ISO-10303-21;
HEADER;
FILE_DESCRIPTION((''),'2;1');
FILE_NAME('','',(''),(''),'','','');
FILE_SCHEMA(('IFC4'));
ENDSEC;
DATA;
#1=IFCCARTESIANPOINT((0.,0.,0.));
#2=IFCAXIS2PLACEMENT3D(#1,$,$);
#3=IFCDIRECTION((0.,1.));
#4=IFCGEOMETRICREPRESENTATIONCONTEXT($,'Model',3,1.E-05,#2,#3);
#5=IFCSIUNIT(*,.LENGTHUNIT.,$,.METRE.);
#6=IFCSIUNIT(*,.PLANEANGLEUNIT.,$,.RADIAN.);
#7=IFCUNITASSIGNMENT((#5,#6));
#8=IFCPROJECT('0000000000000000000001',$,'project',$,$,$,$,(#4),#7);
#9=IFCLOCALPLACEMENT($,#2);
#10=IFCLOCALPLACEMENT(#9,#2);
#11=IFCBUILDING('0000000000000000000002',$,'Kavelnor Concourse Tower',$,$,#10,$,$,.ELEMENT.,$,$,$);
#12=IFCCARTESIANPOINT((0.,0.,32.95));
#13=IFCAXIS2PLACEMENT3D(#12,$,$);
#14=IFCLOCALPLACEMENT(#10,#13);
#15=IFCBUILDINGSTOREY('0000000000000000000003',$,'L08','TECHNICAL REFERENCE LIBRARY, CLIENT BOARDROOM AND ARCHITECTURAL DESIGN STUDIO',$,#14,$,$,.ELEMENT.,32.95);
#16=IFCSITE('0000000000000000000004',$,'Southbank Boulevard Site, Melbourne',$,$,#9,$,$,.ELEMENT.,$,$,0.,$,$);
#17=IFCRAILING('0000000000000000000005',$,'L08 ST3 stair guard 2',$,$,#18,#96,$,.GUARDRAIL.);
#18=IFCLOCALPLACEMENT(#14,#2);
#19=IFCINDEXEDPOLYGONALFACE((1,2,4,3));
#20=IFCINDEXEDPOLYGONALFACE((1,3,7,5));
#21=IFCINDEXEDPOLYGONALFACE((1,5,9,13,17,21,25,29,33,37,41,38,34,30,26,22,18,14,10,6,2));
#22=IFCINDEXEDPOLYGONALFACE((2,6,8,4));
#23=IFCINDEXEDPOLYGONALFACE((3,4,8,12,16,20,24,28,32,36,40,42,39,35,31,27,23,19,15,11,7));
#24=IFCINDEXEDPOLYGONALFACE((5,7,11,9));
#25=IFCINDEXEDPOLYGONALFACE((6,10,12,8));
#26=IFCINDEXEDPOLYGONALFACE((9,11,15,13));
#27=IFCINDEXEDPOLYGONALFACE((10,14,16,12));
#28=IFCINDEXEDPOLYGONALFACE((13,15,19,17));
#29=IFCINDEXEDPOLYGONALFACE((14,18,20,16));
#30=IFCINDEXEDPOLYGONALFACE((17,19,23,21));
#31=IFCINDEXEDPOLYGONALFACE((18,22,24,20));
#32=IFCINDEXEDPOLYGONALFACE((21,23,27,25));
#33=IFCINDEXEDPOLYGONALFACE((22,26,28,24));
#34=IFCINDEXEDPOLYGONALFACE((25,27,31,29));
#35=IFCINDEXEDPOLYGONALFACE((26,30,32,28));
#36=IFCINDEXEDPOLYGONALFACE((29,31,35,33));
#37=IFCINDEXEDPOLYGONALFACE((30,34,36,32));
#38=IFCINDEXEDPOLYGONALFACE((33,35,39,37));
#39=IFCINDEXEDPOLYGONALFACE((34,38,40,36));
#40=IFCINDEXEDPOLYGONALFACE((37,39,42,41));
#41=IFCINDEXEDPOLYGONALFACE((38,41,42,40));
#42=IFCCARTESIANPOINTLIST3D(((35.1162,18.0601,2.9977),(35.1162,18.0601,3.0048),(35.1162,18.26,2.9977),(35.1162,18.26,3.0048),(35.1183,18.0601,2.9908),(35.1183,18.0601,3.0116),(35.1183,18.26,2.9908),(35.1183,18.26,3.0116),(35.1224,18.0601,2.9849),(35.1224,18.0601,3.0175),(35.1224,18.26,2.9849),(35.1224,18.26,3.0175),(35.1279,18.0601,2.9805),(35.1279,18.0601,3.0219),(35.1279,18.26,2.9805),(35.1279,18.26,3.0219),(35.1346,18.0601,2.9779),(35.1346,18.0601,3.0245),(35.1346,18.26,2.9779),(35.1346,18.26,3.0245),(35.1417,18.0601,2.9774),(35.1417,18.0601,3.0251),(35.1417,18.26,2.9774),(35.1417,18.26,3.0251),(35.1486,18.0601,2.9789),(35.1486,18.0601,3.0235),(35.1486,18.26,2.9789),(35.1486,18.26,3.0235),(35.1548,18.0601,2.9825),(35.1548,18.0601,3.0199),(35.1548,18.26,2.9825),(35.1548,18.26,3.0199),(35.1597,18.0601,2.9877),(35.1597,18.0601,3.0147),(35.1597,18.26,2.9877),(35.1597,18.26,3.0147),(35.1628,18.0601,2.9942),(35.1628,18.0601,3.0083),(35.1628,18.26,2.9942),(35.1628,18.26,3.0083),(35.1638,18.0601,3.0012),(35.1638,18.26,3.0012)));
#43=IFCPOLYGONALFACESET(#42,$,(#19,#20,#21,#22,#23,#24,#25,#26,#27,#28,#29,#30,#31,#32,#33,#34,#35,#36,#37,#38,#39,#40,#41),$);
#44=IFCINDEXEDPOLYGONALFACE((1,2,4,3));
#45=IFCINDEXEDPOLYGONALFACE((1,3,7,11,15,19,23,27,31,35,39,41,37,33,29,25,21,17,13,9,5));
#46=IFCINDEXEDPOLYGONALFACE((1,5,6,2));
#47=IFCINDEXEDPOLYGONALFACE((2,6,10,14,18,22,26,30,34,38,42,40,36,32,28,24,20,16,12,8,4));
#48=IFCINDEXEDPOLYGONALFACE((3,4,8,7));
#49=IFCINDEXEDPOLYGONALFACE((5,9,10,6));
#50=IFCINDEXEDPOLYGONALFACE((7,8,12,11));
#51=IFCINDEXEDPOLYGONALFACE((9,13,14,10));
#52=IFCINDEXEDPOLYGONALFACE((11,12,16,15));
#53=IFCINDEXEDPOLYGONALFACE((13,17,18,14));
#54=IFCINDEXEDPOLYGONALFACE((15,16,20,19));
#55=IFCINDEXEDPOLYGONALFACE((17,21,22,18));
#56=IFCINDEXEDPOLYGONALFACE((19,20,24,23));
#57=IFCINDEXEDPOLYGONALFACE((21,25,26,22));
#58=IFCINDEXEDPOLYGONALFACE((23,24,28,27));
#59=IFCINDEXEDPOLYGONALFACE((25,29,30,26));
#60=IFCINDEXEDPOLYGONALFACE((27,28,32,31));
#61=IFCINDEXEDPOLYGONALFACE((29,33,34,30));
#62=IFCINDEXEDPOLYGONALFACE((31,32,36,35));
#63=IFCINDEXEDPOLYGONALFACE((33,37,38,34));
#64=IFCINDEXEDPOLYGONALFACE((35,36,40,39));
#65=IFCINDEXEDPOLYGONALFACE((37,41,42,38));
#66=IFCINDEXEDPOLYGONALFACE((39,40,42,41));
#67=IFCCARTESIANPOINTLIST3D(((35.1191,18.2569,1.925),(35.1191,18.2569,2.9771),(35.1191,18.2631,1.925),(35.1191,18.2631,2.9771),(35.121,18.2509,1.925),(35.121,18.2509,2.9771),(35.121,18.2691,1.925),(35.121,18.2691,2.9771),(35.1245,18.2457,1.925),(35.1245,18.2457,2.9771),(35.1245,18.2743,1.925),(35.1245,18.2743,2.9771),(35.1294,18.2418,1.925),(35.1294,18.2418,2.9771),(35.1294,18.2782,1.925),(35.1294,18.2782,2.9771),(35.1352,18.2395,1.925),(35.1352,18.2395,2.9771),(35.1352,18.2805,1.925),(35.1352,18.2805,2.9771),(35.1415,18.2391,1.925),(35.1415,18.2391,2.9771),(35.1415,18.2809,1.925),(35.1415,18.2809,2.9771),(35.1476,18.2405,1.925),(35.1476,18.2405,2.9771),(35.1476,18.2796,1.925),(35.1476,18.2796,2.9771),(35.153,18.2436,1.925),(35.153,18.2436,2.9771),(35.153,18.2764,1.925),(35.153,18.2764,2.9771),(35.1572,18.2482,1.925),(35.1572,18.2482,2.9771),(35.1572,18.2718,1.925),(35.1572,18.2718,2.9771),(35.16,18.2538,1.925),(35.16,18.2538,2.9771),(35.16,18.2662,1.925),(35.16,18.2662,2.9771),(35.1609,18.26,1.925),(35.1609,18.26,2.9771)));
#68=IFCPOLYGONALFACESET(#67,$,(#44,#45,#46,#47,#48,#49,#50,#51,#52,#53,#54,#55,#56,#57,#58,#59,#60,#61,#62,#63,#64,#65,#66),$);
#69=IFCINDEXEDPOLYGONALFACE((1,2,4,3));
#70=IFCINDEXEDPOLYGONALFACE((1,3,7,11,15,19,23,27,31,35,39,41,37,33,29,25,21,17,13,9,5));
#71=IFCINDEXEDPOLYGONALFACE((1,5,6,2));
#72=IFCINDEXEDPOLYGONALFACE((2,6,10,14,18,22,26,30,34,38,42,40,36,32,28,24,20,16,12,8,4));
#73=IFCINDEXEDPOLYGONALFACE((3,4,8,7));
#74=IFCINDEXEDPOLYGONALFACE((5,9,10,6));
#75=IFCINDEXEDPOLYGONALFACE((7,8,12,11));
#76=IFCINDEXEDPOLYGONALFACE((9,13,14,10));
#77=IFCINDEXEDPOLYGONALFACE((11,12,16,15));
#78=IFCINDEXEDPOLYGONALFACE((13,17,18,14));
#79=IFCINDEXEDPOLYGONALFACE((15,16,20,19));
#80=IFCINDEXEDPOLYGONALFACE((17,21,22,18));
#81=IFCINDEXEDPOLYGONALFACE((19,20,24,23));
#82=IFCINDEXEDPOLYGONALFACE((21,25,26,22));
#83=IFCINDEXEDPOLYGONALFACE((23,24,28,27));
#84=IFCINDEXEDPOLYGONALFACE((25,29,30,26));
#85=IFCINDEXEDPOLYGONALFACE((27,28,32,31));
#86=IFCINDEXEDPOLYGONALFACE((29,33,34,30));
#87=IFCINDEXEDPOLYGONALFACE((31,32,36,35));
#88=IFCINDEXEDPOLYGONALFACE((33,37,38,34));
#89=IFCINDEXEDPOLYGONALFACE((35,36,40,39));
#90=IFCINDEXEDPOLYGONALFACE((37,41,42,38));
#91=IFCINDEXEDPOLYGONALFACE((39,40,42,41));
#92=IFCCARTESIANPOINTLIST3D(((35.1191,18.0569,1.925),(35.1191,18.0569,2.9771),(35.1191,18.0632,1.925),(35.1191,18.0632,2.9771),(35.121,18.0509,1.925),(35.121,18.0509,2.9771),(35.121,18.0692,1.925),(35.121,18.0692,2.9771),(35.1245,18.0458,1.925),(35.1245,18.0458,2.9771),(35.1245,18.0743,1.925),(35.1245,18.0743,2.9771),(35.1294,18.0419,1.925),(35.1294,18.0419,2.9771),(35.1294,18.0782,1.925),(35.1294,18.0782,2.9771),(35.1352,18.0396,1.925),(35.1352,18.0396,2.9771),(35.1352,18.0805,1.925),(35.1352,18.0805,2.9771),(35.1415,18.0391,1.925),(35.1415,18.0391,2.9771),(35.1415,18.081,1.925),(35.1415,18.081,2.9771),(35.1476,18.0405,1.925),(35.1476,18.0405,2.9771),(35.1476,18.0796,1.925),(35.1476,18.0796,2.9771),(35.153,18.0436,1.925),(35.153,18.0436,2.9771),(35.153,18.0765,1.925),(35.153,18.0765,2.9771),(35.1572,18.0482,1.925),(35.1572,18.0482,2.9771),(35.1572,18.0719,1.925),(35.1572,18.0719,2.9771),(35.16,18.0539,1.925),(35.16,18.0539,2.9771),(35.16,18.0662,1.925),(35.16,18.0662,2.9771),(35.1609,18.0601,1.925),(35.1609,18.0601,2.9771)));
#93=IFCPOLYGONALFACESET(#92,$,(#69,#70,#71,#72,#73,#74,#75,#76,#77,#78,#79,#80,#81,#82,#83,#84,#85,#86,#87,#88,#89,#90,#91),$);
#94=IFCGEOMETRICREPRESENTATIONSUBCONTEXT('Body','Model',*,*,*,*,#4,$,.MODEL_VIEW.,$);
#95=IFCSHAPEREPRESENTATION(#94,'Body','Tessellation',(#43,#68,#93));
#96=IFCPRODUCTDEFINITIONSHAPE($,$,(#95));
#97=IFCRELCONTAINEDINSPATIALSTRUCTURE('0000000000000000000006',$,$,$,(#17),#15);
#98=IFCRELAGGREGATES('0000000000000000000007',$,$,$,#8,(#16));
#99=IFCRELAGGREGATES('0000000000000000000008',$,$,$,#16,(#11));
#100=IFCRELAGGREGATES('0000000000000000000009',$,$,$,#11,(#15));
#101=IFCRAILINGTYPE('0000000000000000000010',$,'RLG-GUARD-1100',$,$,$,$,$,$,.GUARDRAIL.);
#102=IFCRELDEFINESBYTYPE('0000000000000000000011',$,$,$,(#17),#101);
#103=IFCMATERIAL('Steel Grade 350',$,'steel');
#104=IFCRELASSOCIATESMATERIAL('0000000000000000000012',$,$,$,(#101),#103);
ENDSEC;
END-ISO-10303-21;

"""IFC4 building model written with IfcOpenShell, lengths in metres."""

from ifc_helpers import new_model, si_unit, direction, frame, origin, origin_2d, place, context, subcontext, project, spatial, circle, extrude, material, type_object, element, save


model = new_model("IFC4")

# Units and contexts
model_context = context("Model", 3, precision=1e-05, world=origin(), true_north=direction((0.0, 1.0)))
body_context = subcontext(model_context, "Body", "Model", "MODEL_VIEW")
ifc_project = project(units=[si_unit("LENGTHUNIT", "METRE"), si_unit("PLANEANGLEUNIT", "RADIAN")], contexts=[model_context])

# Site, building, storey
site_placement = place(None, origin())
site = spatial("IfcSite", under=ifc_project, at=site_placement, Name="Southbank Boulevard Site, Melbourne", CompositionType="ELEMENT", RefElevation=0.0)
building_placement = place(site_placement, origin())
building = spatial("IfcBuilding", under=site, at=building_placement, Name="Kavelnor Concourse Tower", CompositionType="ELEMENT")
storey_placement = place(building_placement, frame((0.0, 0.0, 32.95)))
storey = spatial("IfcBuildingStorey", under=building, at=storey_placement, Name="L08", Description="TECHNICAL REFERENCE LIBRARY, CLIENT BOARDROOM AND ARCHITECTURAL DESIGN STUDIO", CompositionType="ELEMENT", Elevation=32.95)

# Shared definitions
ifc_material_1 = material(Name="Steel Grade 350", Category="steel")

# Railing
railing_type_1 = type_object("IfcRailingType", Name="RLG-GUARD-1100", PredefinedType="GUARDRAIL", material=ifc_material_1)
railing_1_placement = place(storey_placement, frame((35.1399, 18.26, 1.925)))
element("IfcRailing", 1, at=railing_1_placement, inside=storey, type_object=railing_type_1, Name="L08 ST3 stair guard 2", PredefinedType="GUARDRAIL", context=body_context, shape_type="SweptSolid", body=[
    extrude(circle(Radius=0.0239, at=origin_2d()), frame((0.0, 0.0, 1.0762), z_axis=(0.0, -1.0, 0.0), x_axis=(1.0, 0.0, 0.0)), (0.0, 0.0, 1.0), 0.2),
    extrude(circle(Radius=0.021, at=origin_2d()), origin(), (0.0, 0.0, 1.0), 1.052),
    extrude(circle(Radius=0.021, at=origin_2d()), frame((0.0, -0.2, 0.0)), (0.0, 0.0, 1.0), 1.052),
])

save(model, "model.ifc")
